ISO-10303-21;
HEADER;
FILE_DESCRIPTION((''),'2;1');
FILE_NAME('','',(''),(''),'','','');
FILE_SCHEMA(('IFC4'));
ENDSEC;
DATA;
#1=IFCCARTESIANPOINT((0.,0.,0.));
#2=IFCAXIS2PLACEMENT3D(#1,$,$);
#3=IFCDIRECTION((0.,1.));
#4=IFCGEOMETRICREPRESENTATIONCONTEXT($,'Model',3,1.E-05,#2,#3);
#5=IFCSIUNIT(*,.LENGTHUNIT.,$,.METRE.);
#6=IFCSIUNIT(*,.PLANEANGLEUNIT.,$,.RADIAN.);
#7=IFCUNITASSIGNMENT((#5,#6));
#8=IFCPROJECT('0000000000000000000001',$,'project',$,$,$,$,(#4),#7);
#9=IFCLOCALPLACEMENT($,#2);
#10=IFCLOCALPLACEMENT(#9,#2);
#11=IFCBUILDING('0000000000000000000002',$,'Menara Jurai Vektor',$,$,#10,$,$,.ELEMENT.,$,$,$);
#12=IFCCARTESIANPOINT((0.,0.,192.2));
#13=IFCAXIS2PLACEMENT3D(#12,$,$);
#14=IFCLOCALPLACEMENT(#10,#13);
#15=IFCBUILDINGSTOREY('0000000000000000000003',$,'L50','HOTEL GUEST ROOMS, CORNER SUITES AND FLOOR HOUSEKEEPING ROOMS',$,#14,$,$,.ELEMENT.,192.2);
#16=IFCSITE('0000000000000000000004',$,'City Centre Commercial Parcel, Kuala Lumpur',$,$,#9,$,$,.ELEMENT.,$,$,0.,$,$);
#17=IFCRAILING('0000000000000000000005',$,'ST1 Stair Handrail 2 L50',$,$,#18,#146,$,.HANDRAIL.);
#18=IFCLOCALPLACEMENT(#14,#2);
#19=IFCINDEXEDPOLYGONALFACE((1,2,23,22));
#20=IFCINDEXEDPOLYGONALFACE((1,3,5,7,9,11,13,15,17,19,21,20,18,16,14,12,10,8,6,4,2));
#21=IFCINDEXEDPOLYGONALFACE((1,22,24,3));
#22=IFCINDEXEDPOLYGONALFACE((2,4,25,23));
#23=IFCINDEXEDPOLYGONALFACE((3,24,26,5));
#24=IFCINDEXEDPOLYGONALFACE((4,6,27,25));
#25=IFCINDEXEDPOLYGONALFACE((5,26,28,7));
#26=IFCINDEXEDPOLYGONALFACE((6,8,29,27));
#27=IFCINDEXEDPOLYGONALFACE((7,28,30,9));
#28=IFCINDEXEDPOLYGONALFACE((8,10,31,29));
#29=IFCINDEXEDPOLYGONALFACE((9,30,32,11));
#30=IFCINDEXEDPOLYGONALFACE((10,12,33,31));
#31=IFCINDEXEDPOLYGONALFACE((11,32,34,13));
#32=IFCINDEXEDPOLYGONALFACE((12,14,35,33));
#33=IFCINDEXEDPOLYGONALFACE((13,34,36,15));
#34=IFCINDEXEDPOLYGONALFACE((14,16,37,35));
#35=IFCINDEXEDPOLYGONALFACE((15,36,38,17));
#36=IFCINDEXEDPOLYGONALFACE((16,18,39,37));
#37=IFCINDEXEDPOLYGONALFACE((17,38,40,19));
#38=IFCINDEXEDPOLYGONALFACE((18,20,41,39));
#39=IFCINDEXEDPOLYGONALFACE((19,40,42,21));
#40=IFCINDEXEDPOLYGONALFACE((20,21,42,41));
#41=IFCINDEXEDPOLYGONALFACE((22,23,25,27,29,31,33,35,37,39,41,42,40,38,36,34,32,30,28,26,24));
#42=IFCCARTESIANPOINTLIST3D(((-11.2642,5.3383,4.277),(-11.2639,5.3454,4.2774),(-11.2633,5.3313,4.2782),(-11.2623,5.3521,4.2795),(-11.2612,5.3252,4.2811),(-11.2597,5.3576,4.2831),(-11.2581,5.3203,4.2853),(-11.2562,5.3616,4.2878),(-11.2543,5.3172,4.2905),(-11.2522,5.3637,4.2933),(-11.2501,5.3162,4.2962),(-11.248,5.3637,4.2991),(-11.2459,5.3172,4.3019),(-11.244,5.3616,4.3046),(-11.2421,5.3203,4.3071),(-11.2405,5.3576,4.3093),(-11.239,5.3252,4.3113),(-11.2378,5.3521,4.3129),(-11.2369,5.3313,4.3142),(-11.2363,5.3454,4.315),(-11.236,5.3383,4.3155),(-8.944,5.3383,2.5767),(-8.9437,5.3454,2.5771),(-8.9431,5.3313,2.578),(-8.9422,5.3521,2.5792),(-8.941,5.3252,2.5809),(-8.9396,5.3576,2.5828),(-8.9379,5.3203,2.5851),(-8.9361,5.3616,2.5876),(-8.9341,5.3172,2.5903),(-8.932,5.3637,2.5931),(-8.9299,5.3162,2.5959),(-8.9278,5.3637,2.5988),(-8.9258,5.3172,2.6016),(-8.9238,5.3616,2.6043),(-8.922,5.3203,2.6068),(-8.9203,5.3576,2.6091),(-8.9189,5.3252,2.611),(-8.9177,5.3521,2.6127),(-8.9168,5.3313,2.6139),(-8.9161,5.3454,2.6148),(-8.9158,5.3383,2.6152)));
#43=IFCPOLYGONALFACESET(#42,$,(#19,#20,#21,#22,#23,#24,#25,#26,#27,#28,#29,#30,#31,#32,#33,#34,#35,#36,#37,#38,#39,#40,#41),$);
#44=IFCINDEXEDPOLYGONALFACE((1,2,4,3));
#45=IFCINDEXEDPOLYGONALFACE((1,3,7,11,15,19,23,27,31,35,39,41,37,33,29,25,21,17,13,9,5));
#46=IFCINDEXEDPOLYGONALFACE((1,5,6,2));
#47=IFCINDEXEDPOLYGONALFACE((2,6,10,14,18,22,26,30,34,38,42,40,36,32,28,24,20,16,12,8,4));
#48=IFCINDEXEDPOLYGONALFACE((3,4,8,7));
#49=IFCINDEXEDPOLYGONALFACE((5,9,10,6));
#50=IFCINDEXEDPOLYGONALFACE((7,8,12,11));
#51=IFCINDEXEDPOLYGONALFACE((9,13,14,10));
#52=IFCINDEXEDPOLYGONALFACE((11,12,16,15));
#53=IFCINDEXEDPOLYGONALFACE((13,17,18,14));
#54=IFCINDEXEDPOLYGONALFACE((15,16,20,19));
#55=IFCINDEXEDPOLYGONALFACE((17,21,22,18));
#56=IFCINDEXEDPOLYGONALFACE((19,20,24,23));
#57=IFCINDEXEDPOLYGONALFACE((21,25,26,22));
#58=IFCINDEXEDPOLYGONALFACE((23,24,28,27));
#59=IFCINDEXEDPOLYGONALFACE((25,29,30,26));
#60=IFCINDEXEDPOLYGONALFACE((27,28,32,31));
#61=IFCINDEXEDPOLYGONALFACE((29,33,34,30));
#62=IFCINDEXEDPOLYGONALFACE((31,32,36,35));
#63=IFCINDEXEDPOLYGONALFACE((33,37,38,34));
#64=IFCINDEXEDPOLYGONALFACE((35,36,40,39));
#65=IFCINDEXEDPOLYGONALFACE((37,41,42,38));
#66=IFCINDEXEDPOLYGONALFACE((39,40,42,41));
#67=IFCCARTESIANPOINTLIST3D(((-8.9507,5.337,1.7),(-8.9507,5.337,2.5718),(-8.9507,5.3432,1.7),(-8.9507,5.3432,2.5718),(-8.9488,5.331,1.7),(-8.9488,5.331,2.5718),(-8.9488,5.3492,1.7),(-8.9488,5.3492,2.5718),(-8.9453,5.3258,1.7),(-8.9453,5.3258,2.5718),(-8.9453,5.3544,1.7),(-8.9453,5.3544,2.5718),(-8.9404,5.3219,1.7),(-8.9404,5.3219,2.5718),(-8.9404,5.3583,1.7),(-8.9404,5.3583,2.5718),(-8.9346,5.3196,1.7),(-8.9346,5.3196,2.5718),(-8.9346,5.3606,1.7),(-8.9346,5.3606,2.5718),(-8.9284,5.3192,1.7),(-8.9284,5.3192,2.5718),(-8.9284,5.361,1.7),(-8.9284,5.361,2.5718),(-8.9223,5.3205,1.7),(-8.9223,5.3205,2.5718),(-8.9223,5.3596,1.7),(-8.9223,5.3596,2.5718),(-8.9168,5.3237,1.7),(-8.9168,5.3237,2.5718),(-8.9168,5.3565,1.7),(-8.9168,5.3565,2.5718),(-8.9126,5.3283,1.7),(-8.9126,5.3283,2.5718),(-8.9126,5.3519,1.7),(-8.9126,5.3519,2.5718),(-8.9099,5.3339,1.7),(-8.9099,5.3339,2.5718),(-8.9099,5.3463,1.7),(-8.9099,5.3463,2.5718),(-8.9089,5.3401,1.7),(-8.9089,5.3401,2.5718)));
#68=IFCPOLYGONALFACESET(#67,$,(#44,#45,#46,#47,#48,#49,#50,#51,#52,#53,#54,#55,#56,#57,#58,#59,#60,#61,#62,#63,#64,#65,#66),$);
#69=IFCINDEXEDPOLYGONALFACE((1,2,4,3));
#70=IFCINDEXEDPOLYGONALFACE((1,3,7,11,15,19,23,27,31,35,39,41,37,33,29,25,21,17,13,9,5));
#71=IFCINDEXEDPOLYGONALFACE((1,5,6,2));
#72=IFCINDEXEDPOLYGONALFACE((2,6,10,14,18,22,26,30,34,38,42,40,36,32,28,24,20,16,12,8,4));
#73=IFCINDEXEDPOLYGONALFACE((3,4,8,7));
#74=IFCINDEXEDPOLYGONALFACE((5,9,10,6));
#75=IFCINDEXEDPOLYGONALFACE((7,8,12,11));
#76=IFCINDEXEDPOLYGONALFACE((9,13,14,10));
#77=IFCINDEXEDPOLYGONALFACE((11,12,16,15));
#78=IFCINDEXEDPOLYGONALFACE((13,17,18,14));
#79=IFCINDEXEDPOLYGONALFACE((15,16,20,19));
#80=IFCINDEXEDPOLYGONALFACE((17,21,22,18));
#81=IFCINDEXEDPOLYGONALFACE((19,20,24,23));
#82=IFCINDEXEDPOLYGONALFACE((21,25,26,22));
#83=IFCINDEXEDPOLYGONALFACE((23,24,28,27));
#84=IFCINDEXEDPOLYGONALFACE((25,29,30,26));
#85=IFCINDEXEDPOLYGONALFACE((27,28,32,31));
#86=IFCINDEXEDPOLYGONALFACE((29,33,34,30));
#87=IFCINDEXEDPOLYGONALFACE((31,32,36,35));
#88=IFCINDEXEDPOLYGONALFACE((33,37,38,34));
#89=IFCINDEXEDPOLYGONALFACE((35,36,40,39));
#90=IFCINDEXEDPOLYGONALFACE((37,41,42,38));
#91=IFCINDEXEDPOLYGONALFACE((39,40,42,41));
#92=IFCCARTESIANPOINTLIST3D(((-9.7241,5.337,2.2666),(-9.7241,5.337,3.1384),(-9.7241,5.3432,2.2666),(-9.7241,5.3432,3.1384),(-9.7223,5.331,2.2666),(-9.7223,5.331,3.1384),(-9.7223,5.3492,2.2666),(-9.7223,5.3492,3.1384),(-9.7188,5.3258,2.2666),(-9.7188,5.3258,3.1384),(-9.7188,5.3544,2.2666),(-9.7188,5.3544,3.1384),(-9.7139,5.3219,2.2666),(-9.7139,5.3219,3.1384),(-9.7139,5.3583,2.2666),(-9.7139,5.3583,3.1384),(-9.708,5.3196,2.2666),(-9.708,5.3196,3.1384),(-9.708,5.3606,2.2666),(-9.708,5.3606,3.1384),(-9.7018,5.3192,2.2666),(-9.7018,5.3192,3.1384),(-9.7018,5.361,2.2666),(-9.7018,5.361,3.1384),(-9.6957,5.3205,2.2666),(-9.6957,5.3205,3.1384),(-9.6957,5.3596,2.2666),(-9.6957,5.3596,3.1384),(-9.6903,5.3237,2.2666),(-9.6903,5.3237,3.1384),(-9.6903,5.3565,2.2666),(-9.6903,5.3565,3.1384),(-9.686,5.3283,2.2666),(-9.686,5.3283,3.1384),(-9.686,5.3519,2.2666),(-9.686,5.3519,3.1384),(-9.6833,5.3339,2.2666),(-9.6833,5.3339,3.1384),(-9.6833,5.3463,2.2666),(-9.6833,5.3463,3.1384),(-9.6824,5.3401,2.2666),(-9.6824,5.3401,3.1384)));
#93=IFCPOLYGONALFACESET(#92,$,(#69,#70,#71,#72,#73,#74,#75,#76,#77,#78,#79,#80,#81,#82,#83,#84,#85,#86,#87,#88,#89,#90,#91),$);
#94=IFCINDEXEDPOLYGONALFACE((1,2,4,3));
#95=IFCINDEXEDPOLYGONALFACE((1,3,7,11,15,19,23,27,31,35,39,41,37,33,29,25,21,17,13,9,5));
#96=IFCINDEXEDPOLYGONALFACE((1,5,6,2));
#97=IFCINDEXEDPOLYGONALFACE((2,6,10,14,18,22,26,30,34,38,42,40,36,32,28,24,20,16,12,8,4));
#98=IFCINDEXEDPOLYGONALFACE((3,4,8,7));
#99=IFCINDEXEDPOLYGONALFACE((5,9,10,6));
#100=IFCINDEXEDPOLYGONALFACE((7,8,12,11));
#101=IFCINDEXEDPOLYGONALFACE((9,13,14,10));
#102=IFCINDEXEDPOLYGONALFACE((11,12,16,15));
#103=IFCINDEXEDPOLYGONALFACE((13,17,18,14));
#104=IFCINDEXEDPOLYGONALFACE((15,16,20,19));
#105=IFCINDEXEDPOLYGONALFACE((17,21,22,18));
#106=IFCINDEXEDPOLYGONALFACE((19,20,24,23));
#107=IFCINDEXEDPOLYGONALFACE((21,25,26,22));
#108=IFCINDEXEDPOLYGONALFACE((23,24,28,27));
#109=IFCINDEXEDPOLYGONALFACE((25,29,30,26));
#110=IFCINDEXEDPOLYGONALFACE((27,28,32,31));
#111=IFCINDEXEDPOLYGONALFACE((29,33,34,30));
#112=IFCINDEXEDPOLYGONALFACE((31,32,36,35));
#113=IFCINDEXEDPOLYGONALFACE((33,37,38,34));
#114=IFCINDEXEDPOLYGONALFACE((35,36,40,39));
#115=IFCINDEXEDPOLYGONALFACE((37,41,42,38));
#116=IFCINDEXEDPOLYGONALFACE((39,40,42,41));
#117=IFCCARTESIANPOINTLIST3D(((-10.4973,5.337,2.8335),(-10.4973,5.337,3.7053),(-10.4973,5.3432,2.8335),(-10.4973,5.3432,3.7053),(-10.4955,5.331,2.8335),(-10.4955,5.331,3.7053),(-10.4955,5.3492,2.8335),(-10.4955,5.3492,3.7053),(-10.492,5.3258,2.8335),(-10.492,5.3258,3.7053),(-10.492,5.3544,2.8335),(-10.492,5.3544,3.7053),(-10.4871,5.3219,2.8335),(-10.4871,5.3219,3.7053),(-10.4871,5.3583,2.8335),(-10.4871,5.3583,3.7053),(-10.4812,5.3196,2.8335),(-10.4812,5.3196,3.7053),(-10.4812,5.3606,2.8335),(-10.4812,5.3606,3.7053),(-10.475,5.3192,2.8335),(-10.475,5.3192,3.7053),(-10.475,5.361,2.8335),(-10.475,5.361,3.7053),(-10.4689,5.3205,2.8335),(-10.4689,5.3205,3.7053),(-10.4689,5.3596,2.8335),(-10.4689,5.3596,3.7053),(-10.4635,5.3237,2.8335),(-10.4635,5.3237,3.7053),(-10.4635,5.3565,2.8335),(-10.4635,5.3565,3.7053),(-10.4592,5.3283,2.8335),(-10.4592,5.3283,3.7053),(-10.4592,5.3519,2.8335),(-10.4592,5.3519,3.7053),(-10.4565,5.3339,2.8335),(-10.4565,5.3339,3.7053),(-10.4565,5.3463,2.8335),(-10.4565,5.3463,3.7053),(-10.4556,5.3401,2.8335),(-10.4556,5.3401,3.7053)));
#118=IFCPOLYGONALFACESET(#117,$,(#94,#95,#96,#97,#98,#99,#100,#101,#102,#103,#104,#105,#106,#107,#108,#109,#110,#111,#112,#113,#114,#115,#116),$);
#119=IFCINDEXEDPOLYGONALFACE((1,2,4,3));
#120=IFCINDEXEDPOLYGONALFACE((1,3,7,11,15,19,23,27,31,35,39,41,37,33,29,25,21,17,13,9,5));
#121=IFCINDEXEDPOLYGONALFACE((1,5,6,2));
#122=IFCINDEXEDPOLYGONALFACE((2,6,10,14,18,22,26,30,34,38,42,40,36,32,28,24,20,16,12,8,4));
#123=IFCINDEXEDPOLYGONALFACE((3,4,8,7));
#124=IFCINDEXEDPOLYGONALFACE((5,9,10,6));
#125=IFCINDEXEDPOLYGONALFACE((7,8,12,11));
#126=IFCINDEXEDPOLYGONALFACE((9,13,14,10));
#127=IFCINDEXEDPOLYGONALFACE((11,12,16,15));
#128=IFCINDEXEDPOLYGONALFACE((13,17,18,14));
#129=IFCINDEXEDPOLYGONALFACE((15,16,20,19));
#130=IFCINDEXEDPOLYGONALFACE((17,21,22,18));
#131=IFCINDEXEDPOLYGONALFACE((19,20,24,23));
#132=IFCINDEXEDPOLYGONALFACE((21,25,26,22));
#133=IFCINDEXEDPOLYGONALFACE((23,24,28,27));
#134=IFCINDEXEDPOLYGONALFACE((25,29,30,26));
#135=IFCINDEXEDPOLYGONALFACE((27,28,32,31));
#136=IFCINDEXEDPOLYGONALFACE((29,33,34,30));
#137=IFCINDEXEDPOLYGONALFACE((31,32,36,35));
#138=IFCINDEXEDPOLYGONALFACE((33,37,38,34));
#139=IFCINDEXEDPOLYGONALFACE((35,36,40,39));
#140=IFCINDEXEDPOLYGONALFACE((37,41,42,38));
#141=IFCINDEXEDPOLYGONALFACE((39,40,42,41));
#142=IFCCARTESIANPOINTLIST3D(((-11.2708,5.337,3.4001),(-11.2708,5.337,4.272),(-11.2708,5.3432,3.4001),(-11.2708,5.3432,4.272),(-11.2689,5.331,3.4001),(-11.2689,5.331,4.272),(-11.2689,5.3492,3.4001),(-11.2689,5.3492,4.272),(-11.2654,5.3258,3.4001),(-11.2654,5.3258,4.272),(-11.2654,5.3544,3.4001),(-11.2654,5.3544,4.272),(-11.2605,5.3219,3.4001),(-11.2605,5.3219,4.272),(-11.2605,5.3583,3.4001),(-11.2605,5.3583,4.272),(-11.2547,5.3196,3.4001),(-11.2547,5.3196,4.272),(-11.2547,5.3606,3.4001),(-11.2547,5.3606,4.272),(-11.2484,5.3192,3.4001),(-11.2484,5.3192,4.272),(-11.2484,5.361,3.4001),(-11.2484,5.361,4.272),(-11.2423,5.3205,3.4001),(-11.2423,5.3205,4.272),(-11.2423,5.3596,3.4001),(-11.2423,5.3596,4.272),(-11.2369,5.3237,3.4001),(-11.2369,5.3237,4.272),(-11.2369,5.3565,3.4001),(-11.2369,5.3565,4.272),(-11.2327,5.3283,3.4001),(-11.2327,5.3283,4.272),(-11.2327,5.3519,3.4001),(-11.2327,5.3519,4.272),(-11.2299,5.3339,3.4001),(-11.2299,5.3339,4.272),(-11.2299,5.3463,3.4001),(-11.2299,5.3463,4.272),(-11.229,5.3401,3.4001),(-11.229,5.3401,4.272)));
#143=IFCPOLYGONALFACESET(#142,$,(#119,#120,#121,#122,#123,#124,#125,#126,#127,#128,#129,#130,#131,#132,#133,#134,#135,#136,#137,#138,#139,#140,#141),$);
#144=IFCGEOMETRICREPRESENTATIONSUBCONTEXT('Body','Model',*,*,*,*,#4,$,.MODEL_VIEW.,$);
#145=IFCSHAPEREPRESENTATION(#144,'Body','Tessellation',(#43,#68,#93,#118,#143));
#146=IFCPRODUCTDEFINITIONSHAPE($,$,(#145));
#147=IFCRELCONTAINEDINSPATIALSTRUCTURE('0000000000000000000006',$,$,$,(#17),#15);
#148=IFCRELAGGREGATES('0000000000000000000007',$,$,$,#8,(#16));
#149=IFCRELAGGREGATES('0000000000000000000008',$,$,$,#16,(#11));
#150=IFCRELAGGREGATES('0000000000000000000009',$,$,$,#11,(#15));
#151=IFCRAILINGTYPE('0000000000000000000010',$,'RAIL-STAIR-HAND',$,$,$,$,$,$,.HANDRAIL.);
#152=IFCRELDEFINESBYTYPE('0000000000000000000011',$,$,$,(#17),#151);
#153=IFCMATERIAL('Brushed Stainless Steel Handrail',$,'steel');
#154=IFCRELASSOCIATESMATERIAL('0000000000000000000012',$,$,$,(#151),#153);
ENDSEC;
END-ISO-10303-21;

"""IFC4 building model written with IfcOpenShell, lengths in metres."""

from ifc_helpers import new_model, si_unit, direction, frame, origin, origin_2d, place, context, subcontext, project, spatial, circle, extrude, material, type_object, element, save


model = new_model("IFC4")

# Units and contexts
model_context = context("Model", 3, precision=1e-05, world=origin(), true_north=direction((0.0, 1.0)))
body_context = subcontext(model_context, "Body", "Model", "MODEL_VIEW")
ifc_project = project(units=[si_unit("LENGTHUNIT", "METRE"), si_unit("PLANEANGLEUNIT", "RADIAN")], contexts=[model_context])

# Site, building, storey
site_placement = place(None, origin())
site = spatial("IfcSite", under=ifc_project, at=site_placement, Name="City Centre Commercial Parcel, Kuala Lumpur", CompositionType="ELEMENT", RefElevation=0.0)
building_placement = place(site_placement, origin())
building = spatial("IfcBuilding", under=site, at=building_placement, Name="Menara Jurai Vektor", CompositionType="ELEMENT")
storey_placement = place(building_placement, frame((0.0, 0.0, 192.2)))
storey = spatial("IfcBuildingStorey", under=building, at=storey_placement, Name="L50", Description="HOTEL GUEST ROOMS, CORNER SUITES AND FLOOR HOUSEKEEPING ROOMS", CompositionType="ELEMENT", Elevation=192.2)

# Railing
ifc_material_1 = material(Name="Brushed Stainless Steel Handrail", Category="steel")
railing_type_1 = type_object("IfcRailingType", Name="RAIL-STAIR-HAND", PredefinedType="HANDRAIL", material=ifc_material_1)
railing_1_placement = place(storey_placement, frame((-8.9299, 5.3401, 1.7)))
element("IfcRailing", 1, at=railing_1_placement, inside=storey, type_object=railing_type_1, Name="ST1 Stair Handrail 2 L50", PredefinedType="HANDRAIL", context=body_context, shape_type="SweptSolid", body=[
    extrude(circle(Radius=0.0239, at=origin_2d()), frame((0.0, 0.0, 0.896), z_axis=(-0.806602, 0.0, 0.591095), x_axis=(0.0, -1.0, 0.0)), (0.0, 0.0, 1.0), 2.8765),
    extrude(circle(Radius=0.021, at=origin_2d()), origin(), (0.0, 0.0, 1.0), 0.8718),
    extrude(circle(Radius=0.021, at=origin_2d()), frame((-0.7734, 0.0, 0.5667)), (0.0, 0.0, 1.0), 0.8718),
    extrude(circle(Radius=0.021, at=origin_2d()), frame((-1.5466, 0.0, 1.1335)), (0.0, 0.0, 1.0), 0.8718),
    extrude(circle(Radius=0.021, at=origin_2d()), frame((-2.3201, 0.0, 1.7002)), (0.0, 0.0, 1.0), 0.8718),
])

save(model, "model.ifc")
